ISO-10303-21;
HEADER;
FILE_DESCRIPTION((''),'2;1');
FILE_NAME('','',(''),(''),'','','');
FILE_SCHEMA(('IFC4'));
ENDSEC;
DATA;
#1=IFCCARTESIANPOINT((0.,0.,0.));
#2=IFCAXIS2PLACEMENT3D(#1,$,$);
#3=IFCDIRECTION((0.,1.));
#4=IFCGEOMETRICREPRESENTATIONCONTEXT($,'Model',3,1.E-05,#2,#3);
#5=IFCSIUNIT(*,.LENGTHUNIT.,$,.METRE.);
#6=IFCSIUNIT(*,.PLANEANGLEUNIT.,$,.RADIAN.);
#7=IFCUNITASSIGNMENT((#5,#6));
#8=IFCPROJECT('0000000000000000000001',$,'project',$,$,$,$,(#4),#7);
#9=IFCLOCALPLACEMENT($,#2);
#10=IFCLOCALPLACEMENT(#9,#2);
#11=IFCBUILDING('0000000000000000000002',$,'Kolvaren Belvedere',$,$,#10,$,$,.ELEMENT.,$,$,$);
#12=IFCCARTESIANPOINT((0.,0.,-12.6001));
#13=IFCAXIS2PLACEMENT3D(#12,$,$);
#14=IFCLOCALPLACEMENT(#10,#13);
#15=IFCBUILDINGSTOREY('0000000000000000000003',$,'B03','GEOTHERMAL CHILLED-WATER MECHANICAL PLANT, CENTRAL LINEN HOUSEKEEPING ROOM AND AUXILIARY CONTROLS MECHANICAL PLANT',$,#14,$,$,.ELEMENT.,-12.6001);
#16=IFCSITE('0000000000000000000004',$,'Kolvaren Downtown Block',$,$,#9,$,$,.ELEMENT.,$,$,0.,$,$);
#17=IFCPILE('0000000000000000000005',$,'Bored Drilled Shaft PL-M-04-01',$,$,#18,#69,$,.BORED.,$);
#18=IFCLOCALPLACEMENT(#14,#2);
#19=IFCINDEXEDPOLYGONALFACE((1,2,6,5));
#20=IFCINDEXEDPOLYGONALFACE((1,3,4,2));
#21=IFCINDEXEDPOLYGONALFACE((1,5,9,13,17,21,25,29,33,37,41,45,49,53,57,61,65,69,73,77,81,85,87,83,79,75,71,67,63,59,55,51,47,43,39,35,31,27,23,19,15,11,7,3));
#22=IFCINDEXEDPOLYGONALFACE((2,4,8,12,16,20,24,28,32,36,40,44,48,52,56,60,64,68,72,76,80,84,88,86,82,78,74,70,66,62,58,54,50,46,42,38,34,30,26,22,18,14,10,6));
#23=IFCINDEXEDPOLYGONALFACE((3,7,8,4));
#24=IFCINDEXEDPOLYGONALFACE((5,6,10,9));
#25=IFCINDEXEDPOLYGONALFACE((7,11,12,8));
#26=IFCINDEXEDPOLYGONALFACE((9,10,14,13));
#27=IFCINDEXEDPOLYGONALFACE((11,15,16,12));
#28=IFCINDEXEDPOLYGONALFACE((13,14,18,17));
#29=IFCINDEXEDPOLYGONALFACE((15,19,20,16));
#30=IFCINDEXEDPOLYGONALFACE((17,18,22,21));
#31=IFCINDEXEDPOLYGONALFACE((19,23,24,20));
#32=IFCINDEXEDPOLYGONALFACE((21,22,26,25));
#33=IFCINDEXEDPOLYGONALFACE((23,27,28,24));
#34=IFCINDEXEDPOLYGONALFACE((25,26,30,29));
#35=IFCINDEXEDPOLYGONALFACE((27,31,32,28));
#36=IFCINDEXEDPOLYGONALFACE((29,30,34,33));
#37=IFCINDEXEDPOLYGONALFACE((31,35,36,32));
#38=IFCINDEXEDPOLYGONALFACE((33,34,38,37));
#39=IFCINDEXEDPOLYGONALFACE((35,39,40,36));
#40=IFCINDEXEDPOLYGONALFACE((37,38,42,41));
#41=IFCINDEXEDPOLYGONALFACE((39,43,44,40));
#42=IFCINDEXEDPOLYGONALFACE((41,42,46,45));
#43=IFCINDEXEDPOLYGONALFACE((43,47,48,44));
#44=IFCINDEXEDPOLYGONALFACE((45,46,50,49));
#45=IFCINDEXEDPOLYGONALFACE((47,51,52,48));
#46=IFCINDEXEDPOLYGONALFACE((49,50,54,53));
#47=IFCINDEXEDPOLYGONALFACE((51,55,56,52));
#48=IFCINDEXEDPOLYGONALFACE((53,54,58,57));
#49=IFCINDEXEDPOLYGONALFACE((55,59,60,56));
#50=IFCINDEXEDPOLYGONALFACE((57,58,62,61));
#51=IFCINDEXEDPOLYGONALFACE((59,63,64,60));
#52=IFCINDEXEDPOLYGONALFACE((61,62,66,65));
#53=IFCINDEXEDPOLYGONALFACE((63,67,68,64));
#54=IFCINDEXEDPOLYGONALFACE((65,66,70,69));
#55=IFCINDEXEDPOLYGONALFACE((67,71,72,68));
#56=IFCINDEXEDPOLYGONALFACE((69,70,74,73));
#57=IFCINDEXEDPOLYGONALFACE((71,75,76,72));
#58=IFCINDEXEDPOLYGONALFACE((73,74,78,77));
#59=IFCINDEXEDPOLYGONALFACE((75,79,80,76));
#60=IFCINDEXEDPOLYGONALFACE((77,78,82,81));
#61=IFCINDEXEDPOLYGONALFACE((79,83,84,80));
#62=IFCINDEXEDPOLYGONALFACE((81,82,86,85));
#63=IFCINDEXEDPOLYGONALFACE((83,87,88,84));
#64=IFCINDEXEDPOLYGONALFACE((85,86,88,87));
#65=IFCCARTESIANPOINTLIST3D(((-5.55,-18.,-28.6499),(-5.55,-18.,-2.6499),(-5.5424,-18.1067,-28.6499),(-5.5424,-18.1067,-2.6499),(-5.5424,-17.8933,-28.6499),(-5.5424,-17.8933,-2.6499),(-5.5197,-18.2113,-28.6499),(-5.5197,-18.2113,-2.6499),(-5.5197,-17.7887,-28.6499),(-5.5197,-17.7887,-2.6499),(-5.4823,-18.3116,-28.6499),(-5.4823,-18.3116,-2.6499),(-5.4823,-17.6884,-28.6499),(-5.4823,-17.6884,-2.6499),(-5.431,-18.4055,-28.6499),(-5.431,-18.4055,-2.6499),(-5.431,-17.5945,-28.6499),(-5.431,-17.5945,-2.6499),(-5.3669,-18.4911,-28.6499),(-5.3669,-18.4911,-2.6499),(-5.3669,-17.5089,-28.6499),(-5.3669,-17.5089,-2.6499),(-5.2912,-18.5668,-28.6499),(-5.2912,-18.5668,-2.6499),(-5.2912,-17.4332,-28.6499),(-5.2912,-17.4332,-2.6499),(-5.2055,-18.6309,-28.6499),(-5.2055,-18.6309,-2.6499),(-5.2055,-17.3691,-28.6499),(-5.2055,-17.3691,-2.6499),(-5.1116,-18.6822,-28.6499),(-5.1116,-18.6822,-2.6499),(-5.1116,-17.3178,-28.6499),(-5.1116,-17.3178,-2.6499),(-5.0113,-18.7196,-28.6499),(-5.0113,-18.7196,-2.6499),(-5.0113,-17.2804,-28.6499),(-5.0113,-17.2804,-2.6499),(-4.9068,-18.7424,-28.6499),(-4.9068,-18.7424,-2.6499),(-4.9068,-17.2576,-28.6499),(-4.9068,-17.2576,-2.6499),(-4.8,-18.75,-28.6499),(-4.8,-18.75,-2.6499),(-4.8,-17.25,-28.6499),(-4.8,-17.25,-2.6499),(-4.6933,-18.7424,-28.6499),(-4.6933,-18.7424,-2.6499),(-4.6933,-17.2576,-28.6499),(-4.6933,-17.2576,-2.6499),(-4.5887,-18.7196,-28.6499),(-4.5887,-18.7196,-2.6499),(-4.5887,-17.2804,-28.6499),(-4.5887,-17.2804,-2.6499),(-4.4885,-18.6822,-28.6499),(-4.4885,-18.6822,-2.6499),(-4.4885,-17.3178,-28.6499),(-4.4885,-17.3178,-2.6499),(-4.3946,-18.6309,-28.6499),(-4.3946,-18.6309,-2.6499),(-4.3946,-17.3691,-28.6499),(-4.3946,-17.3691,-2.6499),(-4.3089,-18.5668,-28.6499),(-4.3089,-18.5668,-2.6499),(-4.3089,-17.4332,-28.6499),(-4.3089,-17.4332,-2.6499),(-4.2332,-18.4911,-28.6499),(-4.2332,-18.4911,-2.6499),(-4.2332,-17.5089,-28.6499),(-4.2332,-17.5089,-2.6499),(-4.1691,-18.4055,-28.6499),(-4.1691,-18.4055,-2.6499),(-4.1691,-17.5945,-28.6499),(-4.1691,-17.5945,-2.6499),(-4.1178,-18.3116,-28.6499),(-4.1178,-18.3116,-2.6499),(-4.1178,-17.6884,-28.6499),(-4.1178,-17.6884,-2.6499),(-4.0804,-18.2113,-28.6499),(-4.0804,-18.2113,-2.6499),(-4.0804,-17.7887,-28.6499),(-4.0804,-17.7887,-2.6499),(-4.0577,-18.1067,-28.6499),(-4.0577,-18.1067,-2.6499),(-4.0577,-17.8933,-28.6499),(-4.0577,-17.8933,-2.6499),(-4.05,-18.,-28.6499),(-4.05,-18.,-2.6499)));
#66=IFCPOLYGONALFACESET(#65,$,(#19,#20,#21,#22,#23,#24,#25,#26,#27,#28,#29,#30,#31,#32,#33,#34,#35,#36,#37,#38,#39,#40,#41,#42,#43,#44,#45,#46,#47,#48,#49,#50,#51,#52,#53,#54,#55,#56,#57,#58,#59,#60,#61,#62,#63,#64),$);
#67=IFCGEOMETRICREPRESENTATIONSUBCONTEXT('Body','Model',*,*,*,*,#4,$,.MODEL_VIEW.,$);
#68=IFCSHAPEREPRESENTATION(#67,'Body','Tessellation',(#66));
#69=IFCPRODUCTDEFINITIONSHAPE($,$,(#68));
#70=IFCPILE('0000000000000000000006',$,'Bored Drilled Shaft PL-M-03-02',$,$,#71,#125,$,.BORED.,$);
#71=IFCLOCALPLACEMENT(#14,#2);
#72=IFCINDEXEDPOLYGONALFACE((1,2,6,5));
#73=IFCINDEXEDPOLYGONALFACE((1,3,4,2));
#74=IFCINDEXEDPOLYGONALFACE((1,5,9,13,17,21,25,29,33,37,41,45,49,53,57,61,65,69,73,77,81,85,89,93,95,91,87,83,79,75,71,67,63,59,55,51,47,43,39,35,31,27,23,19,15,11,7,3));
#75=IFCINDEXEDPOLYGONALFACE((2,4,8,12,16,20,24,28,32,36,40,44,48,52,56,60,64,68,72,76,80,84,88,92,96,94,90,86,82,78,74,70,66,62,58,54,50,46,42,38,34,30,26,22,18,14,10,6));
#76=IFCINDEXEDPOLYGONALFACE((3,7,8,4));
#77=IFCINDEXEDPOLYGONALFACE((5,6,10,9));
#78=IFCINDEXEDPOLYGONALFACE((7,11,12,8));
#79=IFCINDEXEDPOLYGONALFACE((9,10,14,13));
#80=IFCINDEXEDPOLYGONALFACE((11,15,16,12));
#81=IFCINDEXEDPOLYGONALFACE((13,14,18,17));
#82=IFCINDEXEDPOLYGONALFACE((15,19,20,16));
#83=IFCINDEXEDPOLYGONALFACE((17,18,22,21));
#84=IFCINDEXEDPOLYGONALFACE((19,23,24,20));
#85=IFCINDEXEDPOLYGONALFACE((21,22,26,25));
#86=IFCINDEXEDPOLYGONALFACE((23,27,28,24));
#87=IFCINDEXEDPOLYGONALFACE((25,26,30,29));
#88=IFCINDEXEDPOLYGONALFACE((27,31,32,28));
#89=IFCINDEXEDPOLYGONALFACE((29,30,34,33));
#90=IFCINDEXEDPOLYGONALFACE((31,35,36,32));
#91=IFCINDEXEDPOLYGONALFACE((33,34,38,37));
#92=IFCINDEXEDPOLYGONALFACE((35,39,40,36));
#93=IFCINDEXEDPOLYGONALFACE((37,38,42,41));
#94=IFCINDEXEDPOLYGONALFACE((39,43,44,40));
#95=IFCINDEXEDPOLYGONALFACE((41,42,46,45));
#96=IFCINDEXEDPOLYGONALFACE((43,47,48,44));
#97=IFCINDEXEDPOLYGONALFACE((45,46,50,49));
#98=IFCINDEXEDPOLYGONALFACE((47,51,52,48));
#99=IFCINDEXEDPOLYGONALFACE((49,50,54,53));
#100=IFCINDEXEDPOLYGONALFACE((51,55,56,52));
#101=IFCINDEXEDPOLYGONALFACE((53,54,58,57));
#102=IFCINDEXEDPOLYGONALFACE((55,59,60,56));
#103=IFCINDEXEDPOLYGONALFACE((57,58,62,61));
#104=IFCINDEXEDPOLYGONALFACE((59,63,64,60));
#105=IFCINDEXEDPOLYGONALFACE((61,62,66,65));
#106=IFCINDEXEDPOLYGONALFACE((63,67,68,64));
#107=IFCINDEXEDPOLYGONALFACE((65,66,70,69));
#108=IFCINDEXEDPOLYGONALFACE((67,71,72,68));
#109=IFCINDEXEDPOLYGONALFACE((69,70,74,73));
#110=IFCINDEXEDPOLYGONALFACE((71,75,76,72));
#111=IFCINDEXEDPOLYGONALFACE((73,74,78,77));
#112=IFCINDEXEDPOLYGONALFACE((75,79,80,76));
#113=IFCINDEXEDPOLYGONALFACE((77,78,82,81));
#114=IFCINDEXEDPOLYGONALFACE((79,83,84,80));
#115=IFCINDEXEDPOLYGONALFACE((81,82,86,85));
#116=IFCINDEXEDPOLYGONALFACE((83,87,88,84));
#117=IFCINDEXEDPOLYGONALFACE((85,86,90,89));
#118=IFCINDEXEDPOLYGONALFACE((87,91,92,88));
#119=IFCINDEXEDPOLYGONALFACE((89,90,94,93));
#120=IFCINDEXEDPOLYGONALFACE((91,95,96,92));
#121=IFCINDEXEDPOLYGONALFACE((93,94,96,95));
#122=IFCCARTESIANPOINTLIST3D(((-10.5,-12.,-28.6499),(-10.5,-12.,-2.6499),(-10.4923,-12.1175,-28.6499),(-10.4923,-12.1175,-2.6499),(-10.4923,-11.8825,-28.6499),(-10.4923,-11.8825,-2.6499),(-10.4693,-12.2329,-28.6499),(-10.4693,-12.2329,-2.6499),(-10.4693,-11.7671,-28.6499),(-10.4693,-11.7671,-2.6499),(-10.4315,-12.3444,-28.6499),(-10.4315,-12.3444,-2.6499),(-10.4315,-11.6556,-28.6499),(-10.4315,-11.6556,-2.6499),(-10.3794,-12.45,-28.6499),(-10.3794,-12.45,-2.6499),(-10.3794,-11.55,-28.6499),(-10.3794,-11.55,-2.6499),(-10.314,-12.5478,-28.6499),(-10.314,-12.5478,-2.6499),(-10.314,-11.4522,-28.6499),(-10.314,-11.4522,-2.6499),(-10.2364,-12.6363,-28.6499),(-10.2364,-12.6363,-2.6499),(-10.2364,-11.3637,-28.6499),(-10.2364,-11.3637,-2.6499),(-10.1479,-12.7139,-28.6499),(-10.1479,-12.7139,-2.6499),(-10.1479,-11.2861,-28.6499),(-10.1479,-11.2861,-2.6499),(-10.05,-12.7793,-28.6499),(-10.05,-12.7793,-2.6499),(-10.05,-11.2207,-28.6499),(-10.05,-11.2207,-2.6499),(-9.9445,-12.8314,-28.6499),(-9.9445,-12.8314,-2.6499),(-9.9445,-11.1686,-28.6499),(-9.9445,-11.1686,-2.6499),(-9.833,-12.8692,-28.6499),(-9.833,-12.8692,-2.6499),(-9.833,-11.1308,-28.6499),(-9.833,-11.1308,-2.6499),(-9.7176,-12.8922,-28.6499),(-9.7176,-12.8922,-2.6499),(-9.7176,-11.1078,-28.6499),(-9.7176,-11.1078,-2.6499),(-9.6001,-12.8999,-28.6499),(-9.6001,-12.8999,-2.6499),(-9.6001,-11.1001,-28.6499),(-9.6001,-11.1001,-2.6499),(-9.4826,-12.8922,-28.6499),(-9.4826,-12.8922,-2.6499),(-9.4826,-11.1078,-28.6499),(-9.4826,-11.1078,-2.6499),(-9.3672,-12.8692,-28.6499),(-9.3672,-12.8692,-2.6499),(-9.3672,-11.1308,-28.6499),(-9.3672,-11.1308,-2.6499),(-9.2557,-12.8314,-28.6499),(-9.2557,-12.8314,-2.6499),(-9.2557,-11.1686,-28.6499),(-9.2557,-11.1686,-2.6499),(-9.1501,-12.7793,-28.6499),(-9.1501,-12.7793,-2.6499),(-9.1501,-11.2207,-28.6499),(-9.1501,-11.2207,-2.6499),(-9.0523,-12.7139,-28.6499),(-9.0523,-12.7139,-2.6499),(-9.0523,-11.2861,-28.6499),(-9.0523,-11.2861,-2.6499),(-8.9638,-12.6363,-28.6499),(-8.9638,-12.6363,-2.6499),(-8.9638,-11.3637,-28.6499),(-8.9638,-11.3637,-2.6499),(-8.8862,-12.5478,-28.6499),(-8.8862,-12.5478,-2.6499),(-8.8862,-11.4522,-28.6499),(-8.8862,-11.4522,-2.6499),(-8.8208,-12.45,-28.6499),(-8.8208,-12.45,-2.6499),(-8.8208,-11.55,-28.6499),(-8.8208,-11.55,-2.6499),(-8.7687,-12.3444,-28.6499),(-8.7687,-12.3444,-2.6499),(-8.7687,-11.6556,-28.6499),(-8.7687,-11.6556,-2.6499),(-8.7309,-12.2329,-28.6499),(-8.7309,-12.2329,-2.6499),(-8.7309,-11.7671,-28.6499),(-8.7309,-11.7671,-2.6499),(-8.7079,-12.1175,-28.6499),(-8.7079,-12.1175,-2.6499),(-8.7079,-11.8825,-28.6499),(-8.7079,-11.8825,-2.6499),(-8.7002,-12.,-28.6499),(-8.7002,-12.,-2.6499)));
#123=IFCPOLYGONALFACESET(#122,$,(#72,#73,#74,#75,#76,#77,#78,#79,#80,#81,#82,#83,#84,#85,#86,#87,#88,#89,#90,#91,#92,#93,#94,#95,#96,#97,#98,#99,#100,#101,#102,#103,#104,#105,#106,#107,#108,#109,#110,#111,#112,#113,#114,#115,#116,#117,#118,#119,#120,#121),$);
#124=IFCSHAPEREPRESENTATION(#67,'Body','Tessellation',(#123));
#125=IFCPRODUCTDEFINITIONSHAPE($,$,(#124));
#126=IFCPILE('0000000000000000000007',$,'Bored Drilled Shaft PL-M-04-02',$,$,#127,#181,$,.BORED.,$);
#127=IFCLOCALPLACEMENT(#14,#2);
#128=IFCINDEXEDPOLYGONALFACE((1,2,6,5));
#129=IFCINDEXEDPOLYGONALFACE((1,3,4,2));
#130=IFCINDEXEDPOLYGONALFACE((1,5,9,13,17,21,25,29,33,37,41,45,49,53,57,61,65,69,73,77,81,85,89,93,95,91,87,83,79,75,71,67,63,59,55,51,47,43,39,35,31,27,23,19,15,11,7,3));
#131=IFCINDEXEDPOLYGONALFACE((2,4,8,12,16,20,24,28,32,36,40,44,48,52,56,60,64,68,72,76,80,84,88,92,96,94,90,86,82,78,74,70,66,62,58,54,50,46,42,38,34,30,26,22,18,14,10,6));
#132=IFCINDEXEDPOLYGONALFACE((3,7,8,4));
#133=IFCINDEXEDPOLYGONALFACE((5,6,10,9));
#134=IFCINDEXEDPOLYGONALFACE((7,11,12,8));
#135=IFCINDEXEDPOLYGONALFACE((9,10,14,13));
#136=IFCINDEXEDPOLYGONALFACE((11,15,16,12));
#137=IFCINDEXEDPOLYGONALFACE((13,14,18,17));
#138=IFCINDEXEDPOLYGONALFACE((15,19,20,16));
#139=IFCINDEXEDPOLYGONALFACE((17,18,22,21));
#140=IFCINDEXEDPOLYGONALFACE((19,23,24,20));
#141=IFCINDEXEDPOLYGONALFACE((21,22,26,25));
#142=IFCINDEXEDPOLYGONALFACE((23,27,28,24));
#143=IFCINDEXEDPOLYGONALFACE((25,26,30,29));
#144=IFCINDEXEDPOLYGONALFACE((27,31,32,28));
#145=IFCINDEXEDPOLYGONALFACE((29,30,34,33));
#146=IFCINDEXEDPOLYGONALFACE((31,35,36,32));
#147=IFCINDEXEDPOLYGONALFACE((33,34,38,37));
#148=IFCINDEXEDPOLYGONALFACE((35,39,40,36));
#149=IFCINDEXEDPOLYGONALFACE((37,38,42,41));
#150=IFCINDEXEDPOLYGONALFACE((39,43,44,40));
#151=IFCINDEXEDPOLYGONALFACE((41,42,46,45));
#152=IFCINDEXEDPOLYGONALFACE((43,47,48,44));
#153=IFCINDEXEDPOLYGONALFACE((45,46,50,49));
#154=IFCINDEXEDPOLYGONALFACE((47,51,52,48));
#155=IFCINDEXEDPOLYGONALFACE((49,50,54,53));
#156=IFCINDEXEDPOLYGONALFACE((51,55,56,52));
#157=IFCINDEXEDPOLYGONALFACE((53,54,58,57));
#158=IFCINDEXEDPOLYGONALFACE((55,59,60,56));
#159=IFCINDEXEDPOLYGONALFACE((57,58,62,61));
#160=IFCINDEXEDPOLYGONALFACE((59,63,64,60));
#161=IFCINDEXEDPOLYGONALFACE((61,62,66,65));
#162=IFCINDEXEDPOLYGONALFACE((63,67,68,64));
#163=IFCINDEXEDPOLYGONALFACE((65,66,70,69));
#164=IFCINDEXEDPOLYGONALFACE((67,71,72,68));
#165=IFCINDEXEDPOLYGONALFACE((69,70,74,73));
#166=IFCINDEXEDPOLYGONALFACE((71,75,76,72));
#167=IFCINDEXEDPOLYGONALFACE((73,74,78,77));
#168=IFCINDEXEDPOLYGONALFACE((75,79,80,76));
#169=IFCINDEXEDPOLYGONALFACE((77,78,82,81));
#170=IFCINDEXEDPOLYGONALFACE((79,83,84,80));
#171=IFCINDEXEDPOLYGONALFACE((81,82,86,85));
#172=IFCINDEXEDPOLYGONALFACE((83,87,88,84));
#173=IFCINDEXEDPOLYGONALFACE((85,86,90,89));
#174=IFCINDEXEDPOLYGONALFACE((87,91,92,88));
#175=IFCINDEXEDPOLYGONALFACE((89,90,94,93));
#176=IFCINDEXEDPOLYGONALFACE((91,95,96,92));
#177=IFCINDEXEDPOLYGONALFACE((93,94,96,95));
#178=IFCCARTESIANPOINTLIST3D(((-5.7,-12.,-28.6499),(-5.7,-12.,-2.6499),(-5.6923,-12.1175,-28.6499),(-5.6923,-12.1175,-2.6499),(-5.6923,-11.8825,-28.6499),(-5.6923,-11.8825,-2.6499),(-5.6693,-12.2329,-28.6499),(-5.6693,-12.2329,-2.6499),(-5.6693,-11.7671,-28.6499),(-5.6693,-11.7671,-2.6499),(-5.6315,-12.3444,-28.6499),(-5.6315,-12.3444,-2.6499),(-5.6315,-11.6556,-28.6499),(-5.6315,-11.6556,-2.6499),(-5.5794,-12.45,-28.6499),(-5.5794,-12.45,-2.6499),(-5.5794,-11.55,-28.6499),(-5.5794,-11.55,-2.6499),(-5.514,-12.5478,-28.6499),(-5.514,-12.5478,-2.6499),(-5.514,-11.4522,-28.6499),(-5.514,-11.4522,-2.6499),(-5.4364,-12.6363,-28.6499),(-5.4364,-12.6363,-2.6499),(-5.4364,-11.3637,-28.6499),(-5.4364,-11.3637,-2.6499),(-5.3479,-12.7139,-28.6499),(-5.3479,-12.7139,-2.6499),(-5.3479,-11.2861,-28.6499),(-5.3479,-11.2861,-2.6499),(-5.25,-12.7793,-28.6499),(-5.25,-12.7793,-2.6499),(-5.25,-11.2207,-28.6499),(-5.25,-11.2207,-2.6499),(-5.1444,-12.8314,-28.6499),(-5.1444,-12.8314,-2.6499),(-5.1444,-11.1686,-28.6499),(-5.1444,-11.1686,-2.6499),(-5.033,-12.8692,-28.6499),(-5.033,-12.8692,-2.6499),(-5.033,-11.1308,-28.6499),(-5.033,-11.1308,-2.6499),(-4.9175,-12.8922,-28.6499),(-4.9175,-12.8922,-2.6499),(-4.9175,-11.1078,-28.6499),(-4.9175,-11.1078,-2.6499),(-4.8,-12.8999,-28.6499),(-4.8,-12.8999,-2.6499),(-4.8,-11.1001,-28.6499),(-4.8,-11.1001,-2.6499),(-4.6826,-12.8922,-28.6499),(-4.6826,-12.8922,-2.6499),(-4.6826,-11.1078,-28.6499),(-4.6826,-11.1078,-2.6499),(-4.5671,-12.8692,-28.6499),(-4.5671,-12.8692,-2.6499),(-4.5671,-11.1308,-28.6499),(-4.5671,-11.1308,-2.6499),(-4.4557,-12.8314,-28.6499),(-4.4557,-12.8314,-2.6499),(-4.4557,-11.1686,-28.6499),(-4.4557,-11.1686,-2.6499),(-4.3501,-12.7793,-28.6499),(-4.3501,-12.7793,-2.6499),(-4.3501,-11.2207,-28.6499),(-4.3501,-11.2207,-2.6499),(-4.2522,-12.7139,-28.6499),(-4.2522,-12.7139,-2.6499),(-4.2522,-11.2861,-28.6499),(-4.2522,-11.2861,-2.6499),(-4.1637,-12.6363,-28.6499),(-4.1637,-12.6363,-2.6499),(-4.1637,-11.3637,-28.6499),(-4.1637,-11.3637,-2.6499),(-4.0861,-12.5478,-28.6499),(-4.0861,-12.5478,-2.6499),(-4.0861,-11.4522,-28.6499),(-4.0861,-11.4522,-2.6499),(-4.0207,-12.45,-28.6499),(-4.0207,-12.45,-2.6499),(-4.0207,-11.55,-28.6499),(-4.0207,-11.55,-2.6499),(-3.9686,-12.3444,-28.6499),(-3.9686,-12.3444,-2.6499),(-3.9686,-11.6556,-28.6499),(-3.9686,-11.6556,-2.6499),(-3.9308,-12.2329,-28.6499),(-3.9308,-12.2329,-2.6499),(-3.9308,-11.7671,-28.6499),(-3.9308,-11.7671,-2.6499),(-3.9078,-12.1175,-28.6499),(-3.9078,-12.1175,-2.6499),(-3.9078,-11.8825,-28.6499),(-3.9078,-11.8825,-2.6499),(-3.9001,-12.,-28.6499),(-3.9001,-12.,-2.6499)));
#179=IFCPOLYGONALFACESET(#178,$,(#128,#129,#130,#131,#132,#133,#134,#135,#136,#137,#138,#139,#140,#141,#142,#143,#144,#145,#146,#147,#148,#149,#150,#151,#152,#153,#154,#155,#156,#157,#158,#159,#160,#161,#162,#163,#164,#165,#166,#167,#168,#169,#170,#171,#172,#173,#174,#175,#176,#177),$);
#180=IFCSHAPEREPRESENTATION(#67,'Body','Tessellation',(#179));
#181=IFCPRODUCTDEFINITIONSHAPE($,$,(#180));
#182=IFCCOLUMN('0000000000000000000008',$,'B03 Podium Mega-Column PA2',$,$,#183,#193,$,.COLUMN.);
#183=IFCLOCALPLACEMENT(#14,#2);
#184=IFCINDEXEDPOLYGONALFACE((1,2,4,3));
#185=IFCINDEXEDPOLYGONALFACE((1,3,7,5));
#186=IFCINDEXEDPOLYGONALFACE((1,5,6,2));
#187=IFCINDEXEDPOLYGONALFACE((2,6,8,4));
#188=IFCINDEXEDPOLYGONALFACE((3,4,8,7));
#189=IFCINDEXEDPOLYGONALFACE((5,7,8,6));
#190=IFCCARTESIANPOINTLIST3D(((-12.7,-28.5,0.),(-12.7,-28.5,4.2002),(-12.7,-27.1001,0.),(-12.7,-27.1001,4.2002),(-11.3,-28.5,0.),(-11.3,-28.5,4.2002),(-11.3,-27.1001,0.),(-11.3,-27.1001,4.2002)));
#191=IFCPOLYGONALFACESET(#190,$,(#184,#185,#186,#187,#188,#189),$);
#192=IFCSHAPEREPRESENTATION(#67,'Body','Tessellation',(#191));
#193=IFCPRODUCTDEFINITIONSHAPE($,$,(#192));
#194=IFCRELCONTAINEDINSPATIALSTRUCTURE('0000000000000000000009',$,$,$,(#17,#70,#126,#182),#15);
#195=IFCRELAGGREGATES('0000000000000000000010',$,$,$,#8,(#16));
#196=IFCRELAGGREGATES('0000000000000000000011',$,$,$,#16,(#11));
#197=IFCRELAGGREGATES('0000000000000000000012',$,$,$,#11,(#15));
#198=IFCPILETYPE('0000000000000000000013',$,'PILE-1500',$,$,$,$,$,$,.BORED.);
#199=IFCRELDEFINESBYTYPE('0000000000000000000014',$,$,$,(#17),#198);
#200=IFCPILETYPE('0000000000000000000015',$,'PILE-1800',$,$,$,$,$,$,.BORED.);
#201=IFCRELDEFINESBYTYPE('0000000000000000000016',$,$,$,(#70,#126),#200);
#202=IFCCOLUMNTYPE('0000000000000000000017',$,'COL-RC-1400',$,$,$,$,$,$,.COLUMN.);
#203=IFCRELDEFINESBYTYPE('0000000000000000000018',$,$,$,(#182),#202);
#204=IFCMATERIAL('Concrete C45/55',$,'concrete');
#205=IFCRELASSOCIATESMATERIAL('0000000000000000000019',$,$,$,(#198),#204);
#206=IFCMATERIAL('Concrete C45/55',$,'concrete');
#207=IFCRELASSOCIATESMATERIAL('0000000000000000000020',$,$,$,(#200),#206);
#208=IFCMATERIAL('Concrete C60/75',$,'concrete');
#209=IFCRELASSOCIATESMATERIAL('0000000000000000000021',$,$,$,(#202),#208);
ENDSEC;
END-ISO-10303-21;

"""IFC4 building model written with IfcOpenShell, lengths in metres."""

from ifc_helpers import new_model, si_unit, direction, frame, origin, origin_2d, place, context, subcontext, project, spatial, rectangle, circle, extrude, material, material_profile, profile_set, type_object, element, save


model = new_model("IFC4")

# Units and contexts
model_context = context("Model", 3, precision=1e-05, world=origin(), true_north=direction((0.0, 1.0)))
body_context = subcontext(model_context, "Body", "Model", "MODEL_VIEW")
ifc_project = project(units=[si_unit("LENGTHUNIT", "METRE"), si_unit("PLANEANGLEUNIT", "RADIAN")], contexts=[model_context])

# Site, building, storey
site_placement = place(None, origin())
site = spatial("IfcSite", under=ifc_project, at=site_placement, Name="Kolvaren Downtown Block", CompositionType="ELEMENT", RefElevation=0.0)
building_placement = place(site_placement, origin())
building = spatial("IfcBuilding", under=site, at=building_placement, Name="Kolvaren Belvedere", CompositionType="ELEMENT")
storey_placement = place(building_placement, frame((0.0, 0.0, -12.6001)))
storey = spatial("IfcBuildingStorey", under=building, at=storey_placement, Name="B03", Description="GEOTHERMAL CHILLED-WATER MECHANICAL PLANT, CENTRAL LINEN HOUSEKEEPING ROOM AND AUXILIARY CONTROLS MECHANICAL PLANT", CompositionType="ELEMENT", Elevation=-12.6001)

# Piles
ifc_material_1 = material(Name="Concrete C45/55", Category="concrete")
ifc_material_profile_1 = material_profile(ifc_material_1, circle(Radius=0.75, at=origin_2d()), Name="BORED PILE D1500")
ifc_profile_set_1 = profile_set([ifc_material_profile_1], Name="Concrete C45/55")
pile_type_1 = type_object("IfcPileType", Name="PILE-1500", PredefinedType="BORED", material=ifc_profile_set_1)
for number, where, z_axis, x_axis, name in (
    (1, (-4.8, -18.0, -2.6499), (0.0, 0.0, -1.0), (1.0, 0.0, 0.0), "Bored Drilled Shaft PL-M-04-01"),
):
    element("IfcPile", number, at=place(storey_placement, frame(where, z_axis=z_axis, x_axis=x_axis)), inside=storey, type_object=pile_type_1, Name=name, PredefinedType="BORED", context=body_context, shape_type="SweptSolid", body=[
        extrude(circle(Radius=0.75, at=origin_2d()), origin(), (0.0, 0.0, 1.0), 26.0),
    ])
ifc_material_2 = material(Name="Concrete C45/55", Category="concrete")
ifc_material_profile_2 = material_profile(ifc_material_2, circle(Radius=0.8999, at=origin_2d()), Name="BORED PILE D1800")
ifc_profile_set_2 = profile_set([ifc_material_profile_2], Name="Concrete C45/55")
pile_type_2 = type_object("IfcPileType", Name="PILE-1800", PredefinedType="BORED", material=ifc_profile_set_2)
for number, where, z_axis, x_axis, name in (
    (2, (-9.6001, -12.0, -2.6499), (0.0, 0.0, -1.0), (1.0, 0.0, 0.0), "Bored Drilled Shaft PL-M-03-02"),
    (3, (-4.8, -12.0, -2.6499), (0.0, 0.0, -1.0), (1.0, 0.0, 0.0), "Bored Drilled Shaft PL-M-04-02"),
):
    element("IfcPile", number, at=place(storey_placement, frame(where, z_axis=z_axis, x_axis=x_axis)), inside=storey, type_object=pile_type_2, Name=name, PredefinedType="BORED", context=body_context, shape_type="SweptSolid", body=[
        extrude(circle(Radius=0.8999, at=origin_2d()), origin(), (0.0, 0.0, 1.0), 26.0),
    ])

# Column
ifc_material_3 = material(Name="Concrete C60/75", Category="concrete")
ifc_material_profile_3 = material_profile(ifc_material_3, rectangle(XDim=1.3999, YDim=1.3999, at=origin_2d()), Name="RC 1400X1400")
ifc_profile_set_3 = profile_set([ifc_material_profile_3], Name="Concrete C60/75")
column_type_1 = type_object("IfcColumnType", Name="COL-RC-1400", PredefinedType="COLUMN", material=ifc_profile_set_3)
column_1_placement = place(storey_placement, frame((-12.0, -27.8, 0.0), z_axis=(0.0, 0.0, 1.0), x_axis=(1.0, 0.0, 0.0)))
element("IfcColumn", 4, at=column_1_placement, inside=storey, type_object=column_type_1, Name="B03 Podium Mega-Column PA2", PredefinedType="COLUMN", context=body_context, shape_type="SweptSolid", body=[
    extrude(rectangle(XDim=1.3999, YDim=1.3999, at=origin_2d()), origin(), (0.0, 0.0, 1.0), 4.2002),
])

save(model, "model.ifc")
